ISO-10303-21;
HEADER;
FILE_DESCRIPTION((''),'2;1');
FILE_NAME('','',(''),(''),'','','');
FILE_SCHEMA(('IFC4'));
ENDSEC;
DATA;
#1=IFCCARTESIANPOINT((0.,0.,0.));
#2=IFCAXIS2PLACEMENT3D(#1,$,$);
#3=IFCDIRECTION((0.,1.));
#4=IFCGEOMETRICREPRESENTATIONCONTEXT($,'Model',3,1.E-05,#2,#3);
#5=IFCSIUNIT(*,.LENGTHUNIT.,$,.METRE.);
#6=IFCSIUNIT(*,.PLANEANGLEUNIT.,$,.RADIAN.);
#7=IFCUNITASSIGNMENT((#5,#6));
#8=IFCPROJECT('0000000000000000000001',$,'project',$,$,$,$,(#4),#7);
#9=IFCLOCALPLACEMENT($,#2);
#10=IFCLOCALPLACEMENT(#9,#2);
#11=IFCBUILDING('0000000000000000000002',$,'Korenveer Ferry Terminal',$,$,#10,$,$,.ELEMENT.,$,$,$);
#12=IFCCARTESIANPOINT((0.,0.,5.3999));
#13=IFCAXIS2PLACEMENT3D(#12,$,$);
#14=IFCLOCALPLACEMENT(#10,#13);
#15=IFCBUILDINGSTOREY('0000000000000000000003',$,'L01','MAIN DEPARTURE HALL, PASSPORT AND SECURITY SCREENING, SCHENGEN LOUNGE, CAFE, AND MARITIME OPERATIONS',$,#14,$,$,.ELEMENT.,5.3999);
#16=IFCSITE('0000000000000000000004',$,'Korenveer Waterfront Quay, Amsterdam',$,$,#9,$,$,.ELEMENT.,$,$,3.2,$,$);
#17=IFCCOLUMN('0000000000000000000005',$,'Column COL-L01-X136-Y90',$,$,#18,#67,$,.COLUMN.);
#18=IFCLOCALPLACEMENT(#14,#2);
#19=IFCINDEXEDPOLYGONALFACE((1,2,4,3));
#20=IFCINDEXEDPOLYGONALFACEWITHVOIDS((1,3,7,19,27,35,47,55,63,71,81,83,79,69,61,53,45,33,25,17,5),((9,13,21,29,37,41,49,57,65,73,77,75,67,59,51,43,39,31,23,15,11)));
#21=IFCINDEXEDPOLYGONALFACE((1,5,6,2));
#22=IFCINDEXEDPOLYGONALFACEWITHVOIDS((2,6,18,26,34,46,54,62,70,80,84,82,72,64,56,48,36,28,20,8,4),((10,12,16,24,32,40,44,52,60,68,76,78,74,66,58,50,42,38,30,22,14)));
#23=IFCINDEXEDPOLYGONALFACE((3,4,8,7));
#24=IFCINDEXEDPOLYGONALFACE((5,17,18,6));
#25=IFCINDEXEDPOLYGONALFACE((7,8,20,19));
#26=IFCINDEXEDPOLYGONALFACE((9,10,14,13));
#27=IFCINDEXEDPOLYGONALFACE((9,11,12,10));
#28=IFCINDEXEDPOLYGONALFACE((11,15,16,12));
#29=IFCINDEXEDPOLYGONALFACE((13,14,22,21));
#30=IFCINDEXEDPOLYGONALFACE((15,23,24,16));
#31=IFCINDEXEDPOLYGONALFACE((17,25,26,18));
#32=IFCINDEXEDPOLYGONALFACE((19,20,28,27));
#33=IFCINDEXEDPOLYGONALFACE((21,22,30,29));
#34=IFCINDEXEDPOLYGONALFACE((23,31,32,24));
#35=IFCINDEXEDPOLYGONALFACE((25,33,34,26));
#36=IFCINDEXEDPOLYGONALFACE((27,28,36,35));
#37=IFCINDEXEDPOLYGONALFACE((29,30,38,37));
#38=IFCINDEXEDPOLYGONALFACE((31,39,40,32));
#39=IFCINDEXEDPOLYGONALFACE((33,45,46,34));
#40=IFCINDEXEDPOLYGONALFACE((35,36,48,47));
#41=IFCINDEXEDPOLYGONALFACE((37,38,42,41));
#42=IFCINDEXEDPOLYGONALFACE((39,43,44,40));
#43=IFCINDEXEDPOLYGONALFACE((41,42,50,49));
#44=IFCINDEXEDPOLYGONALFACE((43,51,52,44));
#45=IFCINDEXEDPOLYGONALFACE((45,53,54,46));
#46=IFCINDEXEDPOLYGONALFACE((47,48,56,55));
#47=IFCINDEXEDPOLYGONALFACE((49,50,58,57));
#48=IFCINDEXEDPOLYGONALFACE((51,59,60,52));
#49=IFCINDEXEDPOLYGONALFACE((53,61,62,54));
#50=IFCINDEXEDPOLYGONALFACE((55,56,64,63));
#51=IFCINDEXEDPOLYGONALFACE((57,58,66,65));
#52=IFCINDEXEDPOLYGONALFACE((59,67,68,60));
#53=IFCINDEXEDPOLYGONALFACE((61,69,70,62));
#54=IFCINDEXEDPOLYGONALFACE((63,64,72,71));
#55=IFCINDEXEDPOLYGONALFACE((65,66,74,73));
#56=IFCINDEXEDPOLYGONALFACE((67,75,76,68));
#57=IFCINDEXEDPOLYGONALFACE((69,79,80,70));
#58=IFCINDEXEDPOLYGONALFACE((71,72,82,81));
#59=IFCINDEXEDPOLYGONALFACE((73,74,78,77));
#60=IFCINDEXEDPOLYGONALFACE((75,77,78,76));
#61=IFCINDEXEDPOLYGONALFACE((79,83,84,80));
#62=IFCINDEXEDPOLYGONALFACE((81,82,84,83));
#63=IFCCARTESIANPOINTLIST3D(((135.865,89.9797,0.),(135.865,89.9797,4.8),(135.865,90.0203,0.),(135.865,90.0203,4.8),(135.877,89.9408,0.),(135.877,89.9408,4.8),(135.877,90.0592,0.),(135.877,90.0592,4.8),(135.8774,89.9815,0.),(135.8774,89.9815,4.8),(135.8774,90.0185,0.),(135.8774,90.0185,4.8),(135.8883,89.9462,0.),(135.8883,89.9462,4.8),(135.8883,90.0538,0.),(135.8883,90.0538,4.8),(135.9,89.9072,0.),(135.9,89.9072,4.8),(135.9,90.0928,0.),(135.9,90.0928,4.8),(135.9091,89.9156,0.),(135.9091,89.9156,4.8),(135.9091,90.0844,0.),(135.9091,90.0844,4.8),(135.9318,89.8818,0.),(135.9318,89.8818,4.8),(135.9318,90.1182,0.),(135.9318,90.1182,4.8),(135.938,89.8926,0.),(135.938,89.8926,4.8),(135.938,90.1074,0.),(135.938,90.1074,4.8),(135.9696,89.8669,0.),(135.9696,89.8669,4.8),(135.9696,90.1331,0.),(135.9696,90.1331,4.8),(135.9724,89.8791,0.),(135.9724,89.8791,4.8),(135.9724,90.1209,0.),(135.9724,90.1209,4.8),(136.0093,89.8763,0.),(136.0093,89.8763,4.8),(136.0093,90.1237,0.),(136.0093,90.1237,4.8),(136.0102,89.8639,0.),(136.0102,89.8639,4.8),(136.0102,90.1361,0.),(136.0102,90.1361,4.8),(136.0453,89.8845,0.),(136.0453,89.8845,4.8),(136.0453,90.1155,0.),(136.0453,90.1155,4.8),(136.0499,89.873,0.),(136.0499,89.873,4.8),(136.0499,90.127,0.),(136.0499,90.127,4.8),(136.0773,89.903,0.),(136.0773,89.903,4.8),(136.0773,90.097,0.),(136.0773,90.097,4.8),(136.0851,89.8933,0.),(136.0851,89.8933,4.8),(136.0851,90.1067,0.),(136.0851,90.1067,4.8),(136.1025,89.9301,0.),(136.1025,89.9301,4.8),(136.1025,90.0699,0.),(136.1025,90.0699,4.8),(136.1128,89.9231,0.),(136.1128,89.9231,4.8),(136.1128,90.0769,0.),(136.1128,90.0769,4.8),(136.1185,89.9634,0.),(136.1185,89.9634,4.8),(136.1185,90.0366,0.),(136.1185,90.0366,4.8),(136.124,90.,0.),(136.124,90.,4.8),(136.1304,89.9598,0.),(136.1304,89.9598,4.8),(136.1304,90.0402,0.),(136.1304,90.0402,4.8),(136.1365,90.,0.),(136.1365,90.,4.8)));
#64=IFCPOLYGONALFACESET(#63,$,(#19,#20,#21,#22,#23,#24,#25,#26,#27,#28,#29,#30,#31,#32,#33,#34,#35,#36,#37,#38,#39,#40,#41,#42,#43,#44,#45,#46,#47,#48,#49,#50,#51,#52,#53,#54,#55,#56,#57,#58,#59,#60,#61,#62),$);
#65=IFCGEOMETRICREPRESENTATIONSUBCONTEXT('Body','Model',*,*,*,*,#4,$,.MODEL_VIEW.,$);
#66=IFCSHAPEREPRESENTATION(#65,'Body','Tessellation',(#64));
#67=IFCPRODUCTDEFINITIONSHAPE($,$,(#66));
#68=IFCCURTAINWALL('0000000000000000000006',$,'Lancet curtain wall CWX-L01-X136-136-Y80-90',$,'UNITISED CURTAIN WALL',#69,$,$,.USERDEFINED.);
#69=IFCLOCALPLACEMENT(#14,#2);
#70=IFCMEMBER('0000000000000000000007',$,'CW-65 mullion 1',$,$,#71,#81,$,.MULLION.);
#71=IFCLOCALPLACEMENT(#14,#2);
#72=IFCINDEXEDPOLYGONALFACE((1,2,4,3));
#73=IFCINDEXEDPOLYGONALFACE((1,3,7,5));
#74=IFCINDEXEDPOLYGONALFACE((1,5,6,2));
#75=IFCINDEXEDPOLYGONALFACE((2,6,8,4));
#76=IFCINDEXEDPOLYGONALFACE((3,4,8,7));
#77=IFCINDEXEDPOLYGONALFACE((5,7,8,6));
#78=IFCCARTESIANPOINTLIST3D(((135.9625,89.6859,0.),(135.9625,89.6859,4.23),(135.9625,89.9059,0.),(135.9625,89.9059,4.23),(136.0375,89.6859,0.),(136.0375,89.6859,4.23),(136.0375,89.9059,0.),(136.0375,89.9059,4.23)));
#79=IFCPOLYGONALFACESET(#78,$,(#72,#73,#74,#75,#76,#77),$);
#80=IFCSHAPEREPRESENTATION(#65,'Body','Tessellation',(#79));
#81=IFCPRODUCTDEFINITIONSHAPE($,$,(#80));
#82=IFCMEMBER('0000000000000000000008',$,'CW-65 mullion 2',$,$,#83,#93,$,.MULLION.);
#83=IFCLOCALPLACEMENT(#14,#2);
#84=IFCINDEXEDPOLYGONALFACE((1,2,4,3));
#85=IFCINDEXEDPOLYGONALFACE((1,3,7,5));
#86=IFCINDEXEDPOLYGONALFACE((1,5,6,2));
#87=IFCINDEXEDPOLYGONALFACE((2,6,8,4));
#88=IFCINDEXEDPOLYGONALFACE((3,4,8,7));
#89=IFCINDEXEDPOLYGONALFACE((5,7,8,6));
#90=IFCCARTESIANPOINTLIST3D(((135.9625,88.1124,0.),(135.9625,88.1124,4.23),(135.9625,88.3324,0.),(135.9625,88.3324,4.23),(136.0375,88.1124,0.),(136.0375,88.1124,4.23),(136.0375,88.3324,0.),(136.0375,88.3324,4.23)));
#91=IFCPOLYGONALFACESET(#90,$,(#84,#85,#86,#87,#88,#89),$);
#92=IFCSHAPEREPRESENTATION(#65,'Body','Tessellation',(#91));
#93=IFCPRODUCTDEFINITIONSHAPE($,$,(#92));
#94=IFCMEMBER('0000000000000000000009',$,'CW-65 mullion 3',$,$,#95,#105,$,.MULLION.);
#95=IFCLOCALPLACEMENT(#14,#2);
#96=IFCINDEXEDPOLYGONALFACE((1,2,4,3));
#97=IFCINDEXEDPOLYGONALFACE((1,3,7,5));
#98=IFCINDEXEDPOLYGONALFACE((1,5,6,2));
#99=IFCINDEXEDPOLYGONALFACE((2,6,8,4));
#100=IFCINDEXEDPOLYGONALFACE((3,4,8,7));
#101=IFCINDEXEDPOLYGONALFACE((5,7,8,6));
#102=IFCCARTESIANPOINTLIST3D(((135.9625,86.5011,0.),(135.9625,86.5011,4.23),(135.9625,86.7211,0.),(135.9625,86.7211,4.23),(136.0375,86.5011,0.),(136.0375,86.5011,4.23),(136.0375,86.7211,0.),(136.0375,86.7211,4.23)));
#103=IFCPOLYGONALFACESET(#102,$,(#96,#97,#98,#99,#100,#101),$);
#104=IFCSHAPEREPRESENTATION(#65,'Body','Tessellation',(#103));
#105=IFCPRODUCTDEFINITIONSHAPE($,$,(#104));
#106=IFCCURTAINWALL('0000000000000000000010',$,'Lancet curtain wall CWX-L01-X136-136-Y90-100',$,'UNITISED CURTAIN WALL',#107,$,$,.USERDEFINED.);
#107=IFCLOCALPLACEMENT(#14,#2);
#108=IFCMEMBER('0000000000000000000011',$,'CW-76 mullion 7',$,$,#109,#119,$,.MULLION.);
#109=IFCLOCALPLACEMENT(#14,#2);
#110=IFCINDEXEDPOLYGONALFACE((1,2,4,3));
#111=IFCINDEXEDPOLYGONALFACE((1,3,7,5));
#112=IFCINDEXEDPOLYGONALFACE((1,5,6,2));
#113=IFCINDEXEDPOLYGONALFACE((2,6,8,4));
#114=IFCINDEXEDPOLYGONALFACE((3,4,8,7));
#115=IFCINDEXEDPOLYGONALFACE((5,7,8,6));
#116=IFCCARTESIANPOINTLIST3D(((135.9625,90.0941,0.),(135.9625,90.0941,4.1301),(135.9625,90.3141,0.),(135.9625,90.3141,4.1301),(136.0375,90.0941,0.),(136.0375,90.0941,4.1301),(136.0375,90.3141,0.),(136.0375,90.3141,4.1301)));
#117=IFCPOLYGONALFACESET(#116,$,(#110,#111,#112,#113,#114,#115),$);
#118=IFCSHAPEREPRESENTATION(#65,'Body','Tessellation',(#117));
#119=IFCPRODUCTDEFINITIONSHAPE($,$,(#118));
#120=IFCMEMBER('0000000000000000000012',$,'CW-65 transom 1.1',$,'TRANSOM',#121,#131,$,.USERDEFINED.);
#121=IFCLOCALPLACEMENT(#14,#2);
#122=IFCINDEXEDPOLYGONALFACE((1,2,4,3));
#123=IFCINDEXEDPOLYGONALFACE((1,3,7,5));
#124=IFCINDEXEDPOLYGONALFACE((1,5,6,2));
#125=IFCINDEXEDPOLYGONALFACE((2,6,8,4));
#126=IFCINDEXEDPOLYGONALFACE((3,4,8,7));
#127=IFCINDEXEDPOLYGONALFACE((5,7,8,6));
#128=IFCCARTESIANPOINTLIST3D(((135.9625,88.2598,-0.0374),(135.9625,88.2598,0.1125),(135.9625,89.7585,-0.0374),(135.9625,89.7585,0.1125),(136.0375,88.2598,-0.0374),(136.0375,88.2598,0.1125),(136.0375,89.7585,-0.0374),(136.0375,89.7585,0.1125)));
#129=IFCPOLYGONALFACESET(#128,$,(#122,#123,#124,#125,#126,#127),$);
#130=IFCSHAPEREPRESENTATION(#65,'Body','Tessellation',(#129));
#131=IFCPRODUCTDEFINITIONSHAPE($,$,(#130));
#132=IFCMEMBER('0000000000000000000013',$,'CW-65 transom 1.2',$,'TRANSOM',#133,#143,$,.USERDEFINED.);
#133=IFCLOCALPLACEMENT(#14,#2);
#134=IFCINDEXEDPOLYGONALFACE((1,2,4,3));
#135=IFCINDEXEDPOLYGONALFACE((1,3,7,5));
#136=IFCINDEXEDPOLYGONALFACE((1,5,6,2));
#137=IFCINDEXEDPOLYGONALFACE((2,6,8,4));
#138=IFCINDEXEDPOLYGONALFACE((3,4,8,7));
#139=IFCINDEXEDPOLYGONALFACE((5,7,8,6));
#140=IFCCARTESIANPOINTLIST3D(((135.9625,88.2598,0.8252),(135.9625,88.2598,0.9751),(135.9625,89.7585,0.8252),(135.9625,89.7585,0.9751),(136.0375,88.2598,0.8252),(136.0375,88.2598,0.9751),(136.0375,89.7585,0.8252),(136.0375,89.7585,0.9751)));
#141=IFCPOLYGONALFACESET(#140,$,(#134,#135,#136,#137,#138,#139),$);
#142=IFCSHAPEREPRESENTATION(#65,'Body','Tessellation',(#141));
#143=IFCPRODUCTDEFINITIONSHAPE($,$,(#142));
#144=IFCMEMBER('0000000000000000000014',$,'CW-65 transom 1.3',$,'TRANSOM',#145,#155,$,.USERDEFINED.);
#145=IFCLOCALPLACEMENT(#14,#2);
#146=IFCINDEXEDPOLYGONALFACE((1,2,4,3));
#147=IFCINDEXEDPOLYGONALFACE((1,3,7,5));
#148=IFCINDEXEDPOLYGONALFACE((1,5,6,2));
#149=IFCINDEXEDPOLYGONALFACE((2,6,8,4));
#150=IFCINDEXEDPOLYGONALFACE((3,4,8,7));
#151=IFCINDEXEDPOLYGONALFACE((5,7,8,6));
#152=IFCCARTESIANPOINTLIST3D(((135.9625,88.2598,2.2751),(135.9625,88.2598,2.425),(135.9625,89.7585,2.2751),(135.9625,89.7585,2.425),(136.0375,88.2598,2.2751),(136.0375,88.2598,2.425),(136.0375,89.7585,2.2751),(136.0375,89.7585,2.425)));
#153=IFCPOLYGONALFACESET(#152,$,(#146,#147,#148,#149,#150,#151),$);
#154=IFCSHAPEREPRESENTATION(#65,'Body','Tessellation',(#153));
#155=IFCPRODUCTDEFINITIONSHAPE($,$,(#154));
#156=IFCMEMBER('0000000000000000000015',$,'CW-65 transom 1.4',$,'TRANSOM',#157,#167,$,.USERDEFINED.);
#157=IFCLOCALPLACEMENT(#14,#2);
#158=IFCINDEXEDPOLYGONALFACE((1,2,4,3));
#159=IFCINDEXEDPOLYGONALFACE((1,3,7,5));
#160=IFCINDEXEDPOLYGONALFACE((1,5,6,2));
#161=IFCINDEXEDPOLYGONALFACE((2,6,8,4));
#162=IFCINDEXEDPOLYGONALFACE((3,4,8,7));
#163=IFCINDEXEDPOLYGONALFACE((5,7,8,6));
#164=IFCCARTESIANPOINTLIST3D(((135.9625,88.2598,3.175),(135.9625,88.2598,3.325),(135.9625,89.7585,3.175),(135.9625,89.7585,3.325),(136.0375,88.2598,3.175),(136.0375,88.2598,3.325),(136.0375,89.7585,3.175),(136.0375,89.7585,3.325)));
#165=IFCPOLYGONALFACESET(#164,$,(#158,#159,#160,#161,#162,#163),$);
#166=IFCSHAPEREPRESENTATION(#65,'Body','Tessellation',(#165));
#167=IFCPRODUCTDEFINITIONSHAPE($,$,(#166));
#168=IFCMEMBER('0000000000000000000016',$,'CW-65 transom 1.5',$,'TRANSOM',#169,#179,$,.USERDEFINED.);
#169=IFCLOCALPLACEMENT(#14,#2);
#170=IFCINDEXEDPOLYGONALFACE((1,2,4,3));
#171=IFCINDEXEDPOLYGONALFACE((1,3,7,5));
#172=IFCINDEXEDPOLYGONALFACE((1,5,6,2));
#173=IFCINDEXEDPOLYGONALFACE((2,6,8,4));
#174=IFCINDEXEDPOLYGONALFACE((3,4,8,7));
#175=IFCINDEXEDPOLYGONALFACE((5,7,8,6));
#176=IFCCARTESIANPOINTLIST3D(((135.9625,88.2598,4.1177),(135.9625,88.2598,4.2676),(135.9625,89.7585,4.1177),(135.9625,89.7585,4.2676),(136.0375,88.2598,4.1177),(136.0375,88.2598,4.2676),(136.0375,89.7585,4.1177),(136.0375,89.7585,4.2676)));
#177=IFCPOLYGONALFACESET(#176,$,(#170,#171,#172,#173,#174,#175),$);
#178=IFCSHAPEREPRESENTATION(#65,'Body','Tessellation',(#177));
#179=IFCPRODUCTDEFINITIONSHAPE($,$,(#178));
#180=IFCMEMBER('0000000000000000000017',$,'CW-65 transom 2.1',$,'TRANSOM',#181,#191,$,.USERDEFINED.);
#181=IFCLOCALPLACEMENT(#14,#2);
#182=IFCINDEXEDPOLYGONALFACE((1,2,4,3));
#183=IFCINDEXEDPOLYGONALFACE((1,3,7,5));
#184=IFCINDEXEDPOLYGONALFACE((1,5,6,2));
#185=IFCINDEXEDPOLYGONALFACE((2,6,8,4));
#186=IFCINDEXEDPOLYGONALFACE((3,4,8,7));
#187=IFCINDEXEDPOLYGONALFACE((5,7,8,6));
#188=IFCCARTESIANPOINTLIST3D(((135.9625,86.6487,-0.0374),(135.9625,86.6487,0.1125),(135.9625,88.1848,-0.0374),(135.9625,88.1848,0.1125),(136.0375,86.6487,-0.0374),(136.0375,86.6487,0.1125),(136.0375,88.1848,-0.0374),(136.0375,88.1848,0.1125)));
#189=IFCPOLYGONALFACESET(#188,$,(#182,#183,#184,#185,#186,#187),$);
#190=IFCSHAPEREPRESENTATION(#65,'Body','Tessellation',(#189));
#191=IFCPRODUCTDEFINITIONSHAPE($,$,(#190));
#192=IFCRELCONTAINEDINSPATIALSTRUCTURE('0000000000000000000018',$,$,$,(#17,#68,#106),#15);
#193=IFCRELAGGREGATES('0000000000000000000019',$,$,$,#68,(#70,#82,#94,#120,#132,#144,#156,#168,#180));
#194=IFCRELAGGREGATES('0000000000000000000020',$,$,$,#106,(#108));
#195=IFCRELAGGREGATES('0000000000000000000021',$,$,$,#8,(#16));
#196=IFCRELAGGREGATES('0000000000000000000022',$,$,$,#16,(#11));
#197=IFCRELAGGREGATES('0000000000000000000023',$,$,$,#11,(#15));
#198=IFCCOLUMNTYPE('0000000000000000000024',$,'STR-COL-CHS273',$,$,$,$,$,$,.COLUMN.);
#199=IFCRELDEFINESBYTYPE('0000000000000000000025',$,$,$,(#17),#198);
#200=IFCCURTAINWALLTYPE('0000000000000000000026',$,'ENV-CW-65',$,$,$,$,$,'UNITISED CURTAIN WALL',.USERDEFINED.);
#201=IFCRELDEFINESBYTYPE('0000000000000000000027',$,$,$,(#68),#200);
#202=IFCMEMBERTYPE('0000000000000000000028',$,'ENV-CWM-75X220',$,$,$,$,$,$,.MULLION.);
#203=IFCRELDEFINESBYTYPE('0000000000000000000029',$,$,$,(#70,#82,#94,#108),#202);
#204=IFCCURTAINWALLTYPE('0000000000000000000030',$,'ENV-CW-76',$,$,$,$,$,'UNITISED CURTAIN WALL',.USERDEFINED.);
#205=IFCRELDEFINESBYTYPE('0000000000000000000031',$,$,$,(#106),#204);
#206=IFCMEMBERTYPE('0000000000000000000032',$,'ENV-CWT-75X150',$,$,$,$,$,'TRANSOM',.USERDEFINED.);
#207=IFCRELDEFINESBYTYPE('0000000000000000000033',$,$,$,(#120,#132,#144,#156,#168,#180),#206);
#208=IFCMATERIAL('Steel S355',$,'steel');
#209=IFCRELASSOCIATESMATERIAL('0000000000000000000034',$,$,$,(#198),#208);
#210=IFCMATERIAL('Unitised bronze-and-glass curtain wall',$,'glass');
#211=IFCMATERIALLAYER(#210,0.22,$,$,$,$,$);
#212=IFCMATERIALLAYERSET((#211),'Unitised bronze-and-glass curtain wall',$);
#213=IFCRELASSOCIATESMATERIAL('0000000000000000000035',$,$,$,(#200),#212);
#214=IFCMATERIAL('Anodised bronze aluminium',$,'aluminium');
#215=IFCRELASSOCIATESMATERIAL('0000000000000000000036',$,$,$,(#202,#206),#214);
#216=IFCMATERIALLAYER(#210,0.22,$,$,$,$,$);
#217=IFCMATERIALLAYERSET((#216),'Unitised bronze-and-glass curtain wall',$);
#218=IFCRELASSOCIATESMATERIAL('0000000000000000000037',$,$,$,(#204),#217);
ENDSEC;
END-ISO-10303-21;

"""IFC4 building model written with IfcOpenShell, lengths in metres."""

from ifc_helpers import new_model, si_unit, direction, frame, origin, origin_2d, place, context, subcontext, project, spatial, rectangle, hollow_circle, extrude, material, layer, layer_set, material_profile, profile_set, type_object, element, aggregate, save


model = new_model("IFC4")

# Units and contexts
model_context = context("Model", 3, precision=1e-05, world=origin(), true_north=direction((0.0, 1.0)))
body_context = subcontext(model_context, "Body", "Model", "MODEL_VIEW")
ifc_project = project(units=[si_unit("LENGTHUNIT", "METRE"), si_unit("PLANEANGLEUNIT", "RADIAN")], contexts=[model_context])

# Site, building, storey
site_placement = place(None, origin())
site = spatial("IfcSite", under=ifc_project, at=site_placement, Name="Korenveer Waterfront Quay, Amsterdam", CompositionType="ELEMENT", RefElevation=3.2)
building_placement = place(site_placement, origin())
building = spatial("IfcBuilding", under=site, at=building_placement, Name="Korenveer Ferry Terminal", CompositionType="ELEMENT")
storey_placement = place(building_placement, frame((0.0, 0.0, 5.3999)))
storey = spatial("IfcBuildingStorey", under=building, at=storey_placement, Name="L01", Description="MAIN DEPARTURE HALL, PASSPORT AND SECURITY SCREENING, SCHENGEN LOUNGE, CAFE, AND MARITIME OPERATIONS", CompositionType="ELEMENT", Elevation=5.3999)

# Column
ifc_material_1 = material(Name="Steel S355", Category="steel")
ifc_material_profile_1 = material_profile(ifc_material_1, hollow_circle(Radius=0.1365, WallThickness=0.0125, at=origin_2d()), Name="CHS 273x12.5")
ifc_profile_set_1 = profile_set([ifc_material_profile_1], Name="Steel S355")
column_type = type_object("IfcColumnType", Name="STR-COL-CHS273", PredefinedType="COLUMN", material=ifc_profile_set_1)
column_placement = place(storey_placement, frame((136.0, 90.0, 0.0), z_axis=(0.0, 0.0, 1.0), x_axis=(1.0, 0.0, 0.0)))
element("IfcColumn", 1, at=column_placement, inside=storey, type_object=column_type, Name="Column COL-L01-X136-Y90", PredefinedType="COLUMN", context=body_context, shape_type="SweptSolid", body=[
    extrude(hollow_circle(Radius=0.1365, WallThickness=0.0125, at=origin_2d()), origin(), (0.0, 0.0, 1.0), 4.8),
])

# Curtain wall, members
ifc_material_2 = material(Name="Unitised bronze-and-glass curtain wall", Category="glass")
ifc_layer_1 = layer(ifc_material_2, 0.22)
ifc_layer_set_1 = layer_set([ifc_layer_1], Name="Unitised bronze-and-glass curtain wall")
curtain_wall_type_1 = type_object("IfcCurtainWallType", Name="ENV-CW-65", ElementType="UNITISED CURTAIN WALL", PredefinedType="USERDEFINED", material=ifc_layer_set_1)
curtain_wall_1_placement = place(storey_placement, frame((136.0, 89.8335, 0.0)))
curtain_wall_1 = element("IfcCurtainWall", 2, at=curtain_wall_1_placement, inside=storey, type_object=curtain_wall_type_1, Name="Lancet curtain wall CWX-L01-X136-136-Y80-90", ObjectType="UNITISED CURTAIN WALL", PredefinedType="USERDEFINED")
ifc_material_3 = material(Name="Anodised bronze aluminium", Category="aluminium")
ifc_material_profile_2 = material_profile(ifc_material_3, rectangle(XDim=0.075, YDim=0.22, at=origin_2d()), Name="ALU 75x220")
ifc_profile_set_2 = profile_set([ifc_material_profile_2], Name="Anodised bronze aluminium")
member_type_1 = type_object("IfcMemberType", Name="ENV-CWM-75X220", PredefinedType="MULLION", material=ifc_profile_set_2)
member_1_placement = place(storey_placement, frame((136.0, 89.7959, 0.0), z_axis=(0.0, 0.0, 1.0), x_axis=(1.0, 0.0, 0.0)))
member_1 = element("IfcMember", 3, at=member_1_placement, type_object=member_type_1, Name="CW-65 mullion 1", PredefinedType="MULLION", context=body_context, shape_type="SweptSolid", body=[
    extrude(rectangle(XDim=0.075, YDim=0.22, at=origin_2d()), origin(), (0.0, 0.0, 1.0), 4.23),
])
member_2_placement = place(storey_placement, frame((136.0, 88.2224, 0.0), z_axis=(0.0, 0.0, 1.0), x_axis=(1.0, 0.0, 0.0)))
member_2 = element("IfcMember", 4, at=member_2_placement, type_object=member_type_1, Name="CW-65 mullion 2", PredefinedType="MULLION", context=body_context, shape_type="SweptSolid", body=[
    extrude(rectangle(XDim=0.075, YDim=0.22, at=origin_2d()), origin(), (0.0, 0.0, 1.0), 4.23),
])
member_3_placement = place(storey_placement, frame((136.0, 86.6111, 0.0), z_axis=(0.0, 0.0, 1.0), x_axis=(1.0, 0.0, 0.0)))
member_3 = element("IfcMember", 5, at=member_3_placement, type_object=member_type_1, Name="CW-65 mullion 3", PredefinedType="MULLION", context=body_context, shape_type="SweptSolid", body=[
    extrude(rectangle(XDim=0.075, YDim=0.22, at=origin_2d()), origin(), (0.0, 0.0, 1.0), 4.23),
])

# Curtain wall, member
ifc_layer_2 = layer(ifc_material_2, 0.22)
ifc_layer_set_2 = layer_set([ifc_layer_2], Name="Unitised bronze-and-glass curtain wall")
curtain_wall_type_2 = type_object("IfcCurtainWallType", Name="ENV-CW-76", ElementType="UNITISED CURTAIN WALL", PredefinedType="USERDEFINED", material=ifc_layer_set_2)
curtain_wall_2_placement = place(storey_placement, frame((136.0, 99.8335, 0.0)))
curtain_wall_2 = element("IfcCurtainWall", 6, at=curtain_wall_2_placement, inside=storey, type_object=curtain_wall_type_2, Name="Lancet curtain wall CWX-L01-X136-136-Y90-100", ObjectType="UNITISED CURTAIN WALL", PredefinedType="USERDEFINED")
member_4_placement = place(storey_placement, frame((136.0, 90.2041, 0.0), z_axis=(0.0, 0.0, 1.0), x_axis=(1.0, 0.0, 0.0)))
member_4 = element("IfcMember", 7, at=member_4_placement, type_object=member_type_1, Name="CW-76 mullion 7", PredefinedType="MULLION", context=body_context, shape_type="SweptSolid", body=[
    extrude(rectangle(XDim=0.075, YDim=0.22, at=origin_2d()), origin(), (0.0, 0.0, 1.0), 4.1301),
])

# Members
ifc_material_profile_3 = material_profile(ifc_material_3, rectangle(XDim=0.075, YDim=0.1499, at=origin_2d()), Name="ALU 75x150")
ifc_profile_set_3 = profile_set([ifc_material_profile_3], Name="Anodised bronze aluminium")
member_type_2 = type_object("IfcMemberType", Name="ENV-CWT-75X150", ElementType="TRANSOM", PredefinedType="USERDEFINED", material=ifc_profile_set_3)
member_5_placement = place(storey_placement, frame((136.0, 89.7585, 0.0376), z_axis=(0.0, -1.0, 0.0), x_axis=(1.0, 0.0, 0.0)))
member_5 = element("IfcMember", 8, at=member_5_placement, type_object=member_type_2, Name="CW-65 transom 1.1", ObjectType="TRANSOM", PredefinedType="USERDEFINED", context=body_context, shape_type="SweptSolid", body=[
    extrude(rectangle(XDim=0.075, YDim=0.1499, at=origin_2d()), origin(), (0.0, 0.0, 1.0), 1.4988),
])
member_6_placement = place(storey_placement, frame((136.0, 89.7585, 0.9001), z_axis=(0.0, -1.0, 0.0), x_axis=(1.0, 0.0, 0.0)))
member_6 = element("IfcMember", 9, at=member_6_placement, type_object=member_type_2, Name="CW-65 transom 1.2", ObjectType="TRANSOM", PredefinedType="USERDEFINED", context=body_context, shape_type="SweptSolid", body=[
    extrude(rectangle(XDim=0.075, YDim=0.1499, at=origin_2d()), origin(), (0.0, 0.0, 1.0), 1.4988),
])
member_7_placement = place(storey_placement, frame((136.0, 89.7585, 2.3501), z_axis=(0.0, -1.0, 0.0), x_axis=(1.0, 0.0, 0.0)))
member_7 = element("IfcMember", 10, at=member_7_placement, type_object=member_type_2, Name="CW-65 transom 1.3", ObjectType="TRANSOM", PredefinedType="USERDEFINED", context=body_context, shape_type="SweptSolid", body=[
    extrude(rectangle(XDim=0.075, YDim=0.1499, at=origin_2d()), origin(), (0.0, 0.0, 1.0), 1.4988),
])
member_8_placement = place(storey_placement, frame((136.0, 89.7585, 3.25), z_axis=(0.0, -1.0, 0.0), x_axis=(1.0, 0.0, 0.0)))
member_8 = element("IfcMember", 11, at=member_8_placement, type_object=member_type_2, Name="CW-65 transom 1.4", ObjectType="TRANSOM", PredefinedType="USERDEFINED", context=body_context, shape_type="SweptSolid", body=[
    extrude(rectangle(XDim=0.075, YDim=0.1499, at=origin_2d()), origin(), (0.0, 0.0, 1.0), 1.4988),
])
member_9_placement = place(storey_placement, frame((136.0, 89.7585, 4.1926), z_axis=(0.0, -1.0, 0.0), x_axis=(1.0, 0.0, 0.0)))
member_9 = element("IfcMember", 12, at=member_9_placement, type_object=member_type_2, Name="CW-65 transom 1.5", ObjectType="TRANSOM", PredefinedType="USERDEFINED", context=body_context, shape_type="SweptSolid", body=[
    extrude(rectangle(XDim=0.075, YDim=0.1499, at=origin_2d()), origin(), (0.0, 0.0, 1.0), 1.4988),
])
member_10_placement = place(storey_placement, frame((136.0, 88.1848, 0.0376), z_axis=(0.0, -1.0, 0.0), x_axis=(1.0, 0.0, 0.0)))
member_10 = element("IfcMember", 13, at=member_10_placement, type_object=member_type_2, Name="CW-65 transom 2.1", ObjectType="TRANSOM", PredefinedType="USERDEFINED", context=body_context, shape_type="SweptSolid", body=[
    extrude(rectangle(XDim=0.075, YDim=0.1499, at=origin_2d()), origin(), (0.0, 0.0, 1.0), 1.5361),
])

aggregate(curtain_wall_1, [member_1, member_2, member_3, member_5, member_6, member_7, member_8, member_9, member_10])
aggregate(curtain_wall_2, [member_4])

save(model, "model.ifc")
